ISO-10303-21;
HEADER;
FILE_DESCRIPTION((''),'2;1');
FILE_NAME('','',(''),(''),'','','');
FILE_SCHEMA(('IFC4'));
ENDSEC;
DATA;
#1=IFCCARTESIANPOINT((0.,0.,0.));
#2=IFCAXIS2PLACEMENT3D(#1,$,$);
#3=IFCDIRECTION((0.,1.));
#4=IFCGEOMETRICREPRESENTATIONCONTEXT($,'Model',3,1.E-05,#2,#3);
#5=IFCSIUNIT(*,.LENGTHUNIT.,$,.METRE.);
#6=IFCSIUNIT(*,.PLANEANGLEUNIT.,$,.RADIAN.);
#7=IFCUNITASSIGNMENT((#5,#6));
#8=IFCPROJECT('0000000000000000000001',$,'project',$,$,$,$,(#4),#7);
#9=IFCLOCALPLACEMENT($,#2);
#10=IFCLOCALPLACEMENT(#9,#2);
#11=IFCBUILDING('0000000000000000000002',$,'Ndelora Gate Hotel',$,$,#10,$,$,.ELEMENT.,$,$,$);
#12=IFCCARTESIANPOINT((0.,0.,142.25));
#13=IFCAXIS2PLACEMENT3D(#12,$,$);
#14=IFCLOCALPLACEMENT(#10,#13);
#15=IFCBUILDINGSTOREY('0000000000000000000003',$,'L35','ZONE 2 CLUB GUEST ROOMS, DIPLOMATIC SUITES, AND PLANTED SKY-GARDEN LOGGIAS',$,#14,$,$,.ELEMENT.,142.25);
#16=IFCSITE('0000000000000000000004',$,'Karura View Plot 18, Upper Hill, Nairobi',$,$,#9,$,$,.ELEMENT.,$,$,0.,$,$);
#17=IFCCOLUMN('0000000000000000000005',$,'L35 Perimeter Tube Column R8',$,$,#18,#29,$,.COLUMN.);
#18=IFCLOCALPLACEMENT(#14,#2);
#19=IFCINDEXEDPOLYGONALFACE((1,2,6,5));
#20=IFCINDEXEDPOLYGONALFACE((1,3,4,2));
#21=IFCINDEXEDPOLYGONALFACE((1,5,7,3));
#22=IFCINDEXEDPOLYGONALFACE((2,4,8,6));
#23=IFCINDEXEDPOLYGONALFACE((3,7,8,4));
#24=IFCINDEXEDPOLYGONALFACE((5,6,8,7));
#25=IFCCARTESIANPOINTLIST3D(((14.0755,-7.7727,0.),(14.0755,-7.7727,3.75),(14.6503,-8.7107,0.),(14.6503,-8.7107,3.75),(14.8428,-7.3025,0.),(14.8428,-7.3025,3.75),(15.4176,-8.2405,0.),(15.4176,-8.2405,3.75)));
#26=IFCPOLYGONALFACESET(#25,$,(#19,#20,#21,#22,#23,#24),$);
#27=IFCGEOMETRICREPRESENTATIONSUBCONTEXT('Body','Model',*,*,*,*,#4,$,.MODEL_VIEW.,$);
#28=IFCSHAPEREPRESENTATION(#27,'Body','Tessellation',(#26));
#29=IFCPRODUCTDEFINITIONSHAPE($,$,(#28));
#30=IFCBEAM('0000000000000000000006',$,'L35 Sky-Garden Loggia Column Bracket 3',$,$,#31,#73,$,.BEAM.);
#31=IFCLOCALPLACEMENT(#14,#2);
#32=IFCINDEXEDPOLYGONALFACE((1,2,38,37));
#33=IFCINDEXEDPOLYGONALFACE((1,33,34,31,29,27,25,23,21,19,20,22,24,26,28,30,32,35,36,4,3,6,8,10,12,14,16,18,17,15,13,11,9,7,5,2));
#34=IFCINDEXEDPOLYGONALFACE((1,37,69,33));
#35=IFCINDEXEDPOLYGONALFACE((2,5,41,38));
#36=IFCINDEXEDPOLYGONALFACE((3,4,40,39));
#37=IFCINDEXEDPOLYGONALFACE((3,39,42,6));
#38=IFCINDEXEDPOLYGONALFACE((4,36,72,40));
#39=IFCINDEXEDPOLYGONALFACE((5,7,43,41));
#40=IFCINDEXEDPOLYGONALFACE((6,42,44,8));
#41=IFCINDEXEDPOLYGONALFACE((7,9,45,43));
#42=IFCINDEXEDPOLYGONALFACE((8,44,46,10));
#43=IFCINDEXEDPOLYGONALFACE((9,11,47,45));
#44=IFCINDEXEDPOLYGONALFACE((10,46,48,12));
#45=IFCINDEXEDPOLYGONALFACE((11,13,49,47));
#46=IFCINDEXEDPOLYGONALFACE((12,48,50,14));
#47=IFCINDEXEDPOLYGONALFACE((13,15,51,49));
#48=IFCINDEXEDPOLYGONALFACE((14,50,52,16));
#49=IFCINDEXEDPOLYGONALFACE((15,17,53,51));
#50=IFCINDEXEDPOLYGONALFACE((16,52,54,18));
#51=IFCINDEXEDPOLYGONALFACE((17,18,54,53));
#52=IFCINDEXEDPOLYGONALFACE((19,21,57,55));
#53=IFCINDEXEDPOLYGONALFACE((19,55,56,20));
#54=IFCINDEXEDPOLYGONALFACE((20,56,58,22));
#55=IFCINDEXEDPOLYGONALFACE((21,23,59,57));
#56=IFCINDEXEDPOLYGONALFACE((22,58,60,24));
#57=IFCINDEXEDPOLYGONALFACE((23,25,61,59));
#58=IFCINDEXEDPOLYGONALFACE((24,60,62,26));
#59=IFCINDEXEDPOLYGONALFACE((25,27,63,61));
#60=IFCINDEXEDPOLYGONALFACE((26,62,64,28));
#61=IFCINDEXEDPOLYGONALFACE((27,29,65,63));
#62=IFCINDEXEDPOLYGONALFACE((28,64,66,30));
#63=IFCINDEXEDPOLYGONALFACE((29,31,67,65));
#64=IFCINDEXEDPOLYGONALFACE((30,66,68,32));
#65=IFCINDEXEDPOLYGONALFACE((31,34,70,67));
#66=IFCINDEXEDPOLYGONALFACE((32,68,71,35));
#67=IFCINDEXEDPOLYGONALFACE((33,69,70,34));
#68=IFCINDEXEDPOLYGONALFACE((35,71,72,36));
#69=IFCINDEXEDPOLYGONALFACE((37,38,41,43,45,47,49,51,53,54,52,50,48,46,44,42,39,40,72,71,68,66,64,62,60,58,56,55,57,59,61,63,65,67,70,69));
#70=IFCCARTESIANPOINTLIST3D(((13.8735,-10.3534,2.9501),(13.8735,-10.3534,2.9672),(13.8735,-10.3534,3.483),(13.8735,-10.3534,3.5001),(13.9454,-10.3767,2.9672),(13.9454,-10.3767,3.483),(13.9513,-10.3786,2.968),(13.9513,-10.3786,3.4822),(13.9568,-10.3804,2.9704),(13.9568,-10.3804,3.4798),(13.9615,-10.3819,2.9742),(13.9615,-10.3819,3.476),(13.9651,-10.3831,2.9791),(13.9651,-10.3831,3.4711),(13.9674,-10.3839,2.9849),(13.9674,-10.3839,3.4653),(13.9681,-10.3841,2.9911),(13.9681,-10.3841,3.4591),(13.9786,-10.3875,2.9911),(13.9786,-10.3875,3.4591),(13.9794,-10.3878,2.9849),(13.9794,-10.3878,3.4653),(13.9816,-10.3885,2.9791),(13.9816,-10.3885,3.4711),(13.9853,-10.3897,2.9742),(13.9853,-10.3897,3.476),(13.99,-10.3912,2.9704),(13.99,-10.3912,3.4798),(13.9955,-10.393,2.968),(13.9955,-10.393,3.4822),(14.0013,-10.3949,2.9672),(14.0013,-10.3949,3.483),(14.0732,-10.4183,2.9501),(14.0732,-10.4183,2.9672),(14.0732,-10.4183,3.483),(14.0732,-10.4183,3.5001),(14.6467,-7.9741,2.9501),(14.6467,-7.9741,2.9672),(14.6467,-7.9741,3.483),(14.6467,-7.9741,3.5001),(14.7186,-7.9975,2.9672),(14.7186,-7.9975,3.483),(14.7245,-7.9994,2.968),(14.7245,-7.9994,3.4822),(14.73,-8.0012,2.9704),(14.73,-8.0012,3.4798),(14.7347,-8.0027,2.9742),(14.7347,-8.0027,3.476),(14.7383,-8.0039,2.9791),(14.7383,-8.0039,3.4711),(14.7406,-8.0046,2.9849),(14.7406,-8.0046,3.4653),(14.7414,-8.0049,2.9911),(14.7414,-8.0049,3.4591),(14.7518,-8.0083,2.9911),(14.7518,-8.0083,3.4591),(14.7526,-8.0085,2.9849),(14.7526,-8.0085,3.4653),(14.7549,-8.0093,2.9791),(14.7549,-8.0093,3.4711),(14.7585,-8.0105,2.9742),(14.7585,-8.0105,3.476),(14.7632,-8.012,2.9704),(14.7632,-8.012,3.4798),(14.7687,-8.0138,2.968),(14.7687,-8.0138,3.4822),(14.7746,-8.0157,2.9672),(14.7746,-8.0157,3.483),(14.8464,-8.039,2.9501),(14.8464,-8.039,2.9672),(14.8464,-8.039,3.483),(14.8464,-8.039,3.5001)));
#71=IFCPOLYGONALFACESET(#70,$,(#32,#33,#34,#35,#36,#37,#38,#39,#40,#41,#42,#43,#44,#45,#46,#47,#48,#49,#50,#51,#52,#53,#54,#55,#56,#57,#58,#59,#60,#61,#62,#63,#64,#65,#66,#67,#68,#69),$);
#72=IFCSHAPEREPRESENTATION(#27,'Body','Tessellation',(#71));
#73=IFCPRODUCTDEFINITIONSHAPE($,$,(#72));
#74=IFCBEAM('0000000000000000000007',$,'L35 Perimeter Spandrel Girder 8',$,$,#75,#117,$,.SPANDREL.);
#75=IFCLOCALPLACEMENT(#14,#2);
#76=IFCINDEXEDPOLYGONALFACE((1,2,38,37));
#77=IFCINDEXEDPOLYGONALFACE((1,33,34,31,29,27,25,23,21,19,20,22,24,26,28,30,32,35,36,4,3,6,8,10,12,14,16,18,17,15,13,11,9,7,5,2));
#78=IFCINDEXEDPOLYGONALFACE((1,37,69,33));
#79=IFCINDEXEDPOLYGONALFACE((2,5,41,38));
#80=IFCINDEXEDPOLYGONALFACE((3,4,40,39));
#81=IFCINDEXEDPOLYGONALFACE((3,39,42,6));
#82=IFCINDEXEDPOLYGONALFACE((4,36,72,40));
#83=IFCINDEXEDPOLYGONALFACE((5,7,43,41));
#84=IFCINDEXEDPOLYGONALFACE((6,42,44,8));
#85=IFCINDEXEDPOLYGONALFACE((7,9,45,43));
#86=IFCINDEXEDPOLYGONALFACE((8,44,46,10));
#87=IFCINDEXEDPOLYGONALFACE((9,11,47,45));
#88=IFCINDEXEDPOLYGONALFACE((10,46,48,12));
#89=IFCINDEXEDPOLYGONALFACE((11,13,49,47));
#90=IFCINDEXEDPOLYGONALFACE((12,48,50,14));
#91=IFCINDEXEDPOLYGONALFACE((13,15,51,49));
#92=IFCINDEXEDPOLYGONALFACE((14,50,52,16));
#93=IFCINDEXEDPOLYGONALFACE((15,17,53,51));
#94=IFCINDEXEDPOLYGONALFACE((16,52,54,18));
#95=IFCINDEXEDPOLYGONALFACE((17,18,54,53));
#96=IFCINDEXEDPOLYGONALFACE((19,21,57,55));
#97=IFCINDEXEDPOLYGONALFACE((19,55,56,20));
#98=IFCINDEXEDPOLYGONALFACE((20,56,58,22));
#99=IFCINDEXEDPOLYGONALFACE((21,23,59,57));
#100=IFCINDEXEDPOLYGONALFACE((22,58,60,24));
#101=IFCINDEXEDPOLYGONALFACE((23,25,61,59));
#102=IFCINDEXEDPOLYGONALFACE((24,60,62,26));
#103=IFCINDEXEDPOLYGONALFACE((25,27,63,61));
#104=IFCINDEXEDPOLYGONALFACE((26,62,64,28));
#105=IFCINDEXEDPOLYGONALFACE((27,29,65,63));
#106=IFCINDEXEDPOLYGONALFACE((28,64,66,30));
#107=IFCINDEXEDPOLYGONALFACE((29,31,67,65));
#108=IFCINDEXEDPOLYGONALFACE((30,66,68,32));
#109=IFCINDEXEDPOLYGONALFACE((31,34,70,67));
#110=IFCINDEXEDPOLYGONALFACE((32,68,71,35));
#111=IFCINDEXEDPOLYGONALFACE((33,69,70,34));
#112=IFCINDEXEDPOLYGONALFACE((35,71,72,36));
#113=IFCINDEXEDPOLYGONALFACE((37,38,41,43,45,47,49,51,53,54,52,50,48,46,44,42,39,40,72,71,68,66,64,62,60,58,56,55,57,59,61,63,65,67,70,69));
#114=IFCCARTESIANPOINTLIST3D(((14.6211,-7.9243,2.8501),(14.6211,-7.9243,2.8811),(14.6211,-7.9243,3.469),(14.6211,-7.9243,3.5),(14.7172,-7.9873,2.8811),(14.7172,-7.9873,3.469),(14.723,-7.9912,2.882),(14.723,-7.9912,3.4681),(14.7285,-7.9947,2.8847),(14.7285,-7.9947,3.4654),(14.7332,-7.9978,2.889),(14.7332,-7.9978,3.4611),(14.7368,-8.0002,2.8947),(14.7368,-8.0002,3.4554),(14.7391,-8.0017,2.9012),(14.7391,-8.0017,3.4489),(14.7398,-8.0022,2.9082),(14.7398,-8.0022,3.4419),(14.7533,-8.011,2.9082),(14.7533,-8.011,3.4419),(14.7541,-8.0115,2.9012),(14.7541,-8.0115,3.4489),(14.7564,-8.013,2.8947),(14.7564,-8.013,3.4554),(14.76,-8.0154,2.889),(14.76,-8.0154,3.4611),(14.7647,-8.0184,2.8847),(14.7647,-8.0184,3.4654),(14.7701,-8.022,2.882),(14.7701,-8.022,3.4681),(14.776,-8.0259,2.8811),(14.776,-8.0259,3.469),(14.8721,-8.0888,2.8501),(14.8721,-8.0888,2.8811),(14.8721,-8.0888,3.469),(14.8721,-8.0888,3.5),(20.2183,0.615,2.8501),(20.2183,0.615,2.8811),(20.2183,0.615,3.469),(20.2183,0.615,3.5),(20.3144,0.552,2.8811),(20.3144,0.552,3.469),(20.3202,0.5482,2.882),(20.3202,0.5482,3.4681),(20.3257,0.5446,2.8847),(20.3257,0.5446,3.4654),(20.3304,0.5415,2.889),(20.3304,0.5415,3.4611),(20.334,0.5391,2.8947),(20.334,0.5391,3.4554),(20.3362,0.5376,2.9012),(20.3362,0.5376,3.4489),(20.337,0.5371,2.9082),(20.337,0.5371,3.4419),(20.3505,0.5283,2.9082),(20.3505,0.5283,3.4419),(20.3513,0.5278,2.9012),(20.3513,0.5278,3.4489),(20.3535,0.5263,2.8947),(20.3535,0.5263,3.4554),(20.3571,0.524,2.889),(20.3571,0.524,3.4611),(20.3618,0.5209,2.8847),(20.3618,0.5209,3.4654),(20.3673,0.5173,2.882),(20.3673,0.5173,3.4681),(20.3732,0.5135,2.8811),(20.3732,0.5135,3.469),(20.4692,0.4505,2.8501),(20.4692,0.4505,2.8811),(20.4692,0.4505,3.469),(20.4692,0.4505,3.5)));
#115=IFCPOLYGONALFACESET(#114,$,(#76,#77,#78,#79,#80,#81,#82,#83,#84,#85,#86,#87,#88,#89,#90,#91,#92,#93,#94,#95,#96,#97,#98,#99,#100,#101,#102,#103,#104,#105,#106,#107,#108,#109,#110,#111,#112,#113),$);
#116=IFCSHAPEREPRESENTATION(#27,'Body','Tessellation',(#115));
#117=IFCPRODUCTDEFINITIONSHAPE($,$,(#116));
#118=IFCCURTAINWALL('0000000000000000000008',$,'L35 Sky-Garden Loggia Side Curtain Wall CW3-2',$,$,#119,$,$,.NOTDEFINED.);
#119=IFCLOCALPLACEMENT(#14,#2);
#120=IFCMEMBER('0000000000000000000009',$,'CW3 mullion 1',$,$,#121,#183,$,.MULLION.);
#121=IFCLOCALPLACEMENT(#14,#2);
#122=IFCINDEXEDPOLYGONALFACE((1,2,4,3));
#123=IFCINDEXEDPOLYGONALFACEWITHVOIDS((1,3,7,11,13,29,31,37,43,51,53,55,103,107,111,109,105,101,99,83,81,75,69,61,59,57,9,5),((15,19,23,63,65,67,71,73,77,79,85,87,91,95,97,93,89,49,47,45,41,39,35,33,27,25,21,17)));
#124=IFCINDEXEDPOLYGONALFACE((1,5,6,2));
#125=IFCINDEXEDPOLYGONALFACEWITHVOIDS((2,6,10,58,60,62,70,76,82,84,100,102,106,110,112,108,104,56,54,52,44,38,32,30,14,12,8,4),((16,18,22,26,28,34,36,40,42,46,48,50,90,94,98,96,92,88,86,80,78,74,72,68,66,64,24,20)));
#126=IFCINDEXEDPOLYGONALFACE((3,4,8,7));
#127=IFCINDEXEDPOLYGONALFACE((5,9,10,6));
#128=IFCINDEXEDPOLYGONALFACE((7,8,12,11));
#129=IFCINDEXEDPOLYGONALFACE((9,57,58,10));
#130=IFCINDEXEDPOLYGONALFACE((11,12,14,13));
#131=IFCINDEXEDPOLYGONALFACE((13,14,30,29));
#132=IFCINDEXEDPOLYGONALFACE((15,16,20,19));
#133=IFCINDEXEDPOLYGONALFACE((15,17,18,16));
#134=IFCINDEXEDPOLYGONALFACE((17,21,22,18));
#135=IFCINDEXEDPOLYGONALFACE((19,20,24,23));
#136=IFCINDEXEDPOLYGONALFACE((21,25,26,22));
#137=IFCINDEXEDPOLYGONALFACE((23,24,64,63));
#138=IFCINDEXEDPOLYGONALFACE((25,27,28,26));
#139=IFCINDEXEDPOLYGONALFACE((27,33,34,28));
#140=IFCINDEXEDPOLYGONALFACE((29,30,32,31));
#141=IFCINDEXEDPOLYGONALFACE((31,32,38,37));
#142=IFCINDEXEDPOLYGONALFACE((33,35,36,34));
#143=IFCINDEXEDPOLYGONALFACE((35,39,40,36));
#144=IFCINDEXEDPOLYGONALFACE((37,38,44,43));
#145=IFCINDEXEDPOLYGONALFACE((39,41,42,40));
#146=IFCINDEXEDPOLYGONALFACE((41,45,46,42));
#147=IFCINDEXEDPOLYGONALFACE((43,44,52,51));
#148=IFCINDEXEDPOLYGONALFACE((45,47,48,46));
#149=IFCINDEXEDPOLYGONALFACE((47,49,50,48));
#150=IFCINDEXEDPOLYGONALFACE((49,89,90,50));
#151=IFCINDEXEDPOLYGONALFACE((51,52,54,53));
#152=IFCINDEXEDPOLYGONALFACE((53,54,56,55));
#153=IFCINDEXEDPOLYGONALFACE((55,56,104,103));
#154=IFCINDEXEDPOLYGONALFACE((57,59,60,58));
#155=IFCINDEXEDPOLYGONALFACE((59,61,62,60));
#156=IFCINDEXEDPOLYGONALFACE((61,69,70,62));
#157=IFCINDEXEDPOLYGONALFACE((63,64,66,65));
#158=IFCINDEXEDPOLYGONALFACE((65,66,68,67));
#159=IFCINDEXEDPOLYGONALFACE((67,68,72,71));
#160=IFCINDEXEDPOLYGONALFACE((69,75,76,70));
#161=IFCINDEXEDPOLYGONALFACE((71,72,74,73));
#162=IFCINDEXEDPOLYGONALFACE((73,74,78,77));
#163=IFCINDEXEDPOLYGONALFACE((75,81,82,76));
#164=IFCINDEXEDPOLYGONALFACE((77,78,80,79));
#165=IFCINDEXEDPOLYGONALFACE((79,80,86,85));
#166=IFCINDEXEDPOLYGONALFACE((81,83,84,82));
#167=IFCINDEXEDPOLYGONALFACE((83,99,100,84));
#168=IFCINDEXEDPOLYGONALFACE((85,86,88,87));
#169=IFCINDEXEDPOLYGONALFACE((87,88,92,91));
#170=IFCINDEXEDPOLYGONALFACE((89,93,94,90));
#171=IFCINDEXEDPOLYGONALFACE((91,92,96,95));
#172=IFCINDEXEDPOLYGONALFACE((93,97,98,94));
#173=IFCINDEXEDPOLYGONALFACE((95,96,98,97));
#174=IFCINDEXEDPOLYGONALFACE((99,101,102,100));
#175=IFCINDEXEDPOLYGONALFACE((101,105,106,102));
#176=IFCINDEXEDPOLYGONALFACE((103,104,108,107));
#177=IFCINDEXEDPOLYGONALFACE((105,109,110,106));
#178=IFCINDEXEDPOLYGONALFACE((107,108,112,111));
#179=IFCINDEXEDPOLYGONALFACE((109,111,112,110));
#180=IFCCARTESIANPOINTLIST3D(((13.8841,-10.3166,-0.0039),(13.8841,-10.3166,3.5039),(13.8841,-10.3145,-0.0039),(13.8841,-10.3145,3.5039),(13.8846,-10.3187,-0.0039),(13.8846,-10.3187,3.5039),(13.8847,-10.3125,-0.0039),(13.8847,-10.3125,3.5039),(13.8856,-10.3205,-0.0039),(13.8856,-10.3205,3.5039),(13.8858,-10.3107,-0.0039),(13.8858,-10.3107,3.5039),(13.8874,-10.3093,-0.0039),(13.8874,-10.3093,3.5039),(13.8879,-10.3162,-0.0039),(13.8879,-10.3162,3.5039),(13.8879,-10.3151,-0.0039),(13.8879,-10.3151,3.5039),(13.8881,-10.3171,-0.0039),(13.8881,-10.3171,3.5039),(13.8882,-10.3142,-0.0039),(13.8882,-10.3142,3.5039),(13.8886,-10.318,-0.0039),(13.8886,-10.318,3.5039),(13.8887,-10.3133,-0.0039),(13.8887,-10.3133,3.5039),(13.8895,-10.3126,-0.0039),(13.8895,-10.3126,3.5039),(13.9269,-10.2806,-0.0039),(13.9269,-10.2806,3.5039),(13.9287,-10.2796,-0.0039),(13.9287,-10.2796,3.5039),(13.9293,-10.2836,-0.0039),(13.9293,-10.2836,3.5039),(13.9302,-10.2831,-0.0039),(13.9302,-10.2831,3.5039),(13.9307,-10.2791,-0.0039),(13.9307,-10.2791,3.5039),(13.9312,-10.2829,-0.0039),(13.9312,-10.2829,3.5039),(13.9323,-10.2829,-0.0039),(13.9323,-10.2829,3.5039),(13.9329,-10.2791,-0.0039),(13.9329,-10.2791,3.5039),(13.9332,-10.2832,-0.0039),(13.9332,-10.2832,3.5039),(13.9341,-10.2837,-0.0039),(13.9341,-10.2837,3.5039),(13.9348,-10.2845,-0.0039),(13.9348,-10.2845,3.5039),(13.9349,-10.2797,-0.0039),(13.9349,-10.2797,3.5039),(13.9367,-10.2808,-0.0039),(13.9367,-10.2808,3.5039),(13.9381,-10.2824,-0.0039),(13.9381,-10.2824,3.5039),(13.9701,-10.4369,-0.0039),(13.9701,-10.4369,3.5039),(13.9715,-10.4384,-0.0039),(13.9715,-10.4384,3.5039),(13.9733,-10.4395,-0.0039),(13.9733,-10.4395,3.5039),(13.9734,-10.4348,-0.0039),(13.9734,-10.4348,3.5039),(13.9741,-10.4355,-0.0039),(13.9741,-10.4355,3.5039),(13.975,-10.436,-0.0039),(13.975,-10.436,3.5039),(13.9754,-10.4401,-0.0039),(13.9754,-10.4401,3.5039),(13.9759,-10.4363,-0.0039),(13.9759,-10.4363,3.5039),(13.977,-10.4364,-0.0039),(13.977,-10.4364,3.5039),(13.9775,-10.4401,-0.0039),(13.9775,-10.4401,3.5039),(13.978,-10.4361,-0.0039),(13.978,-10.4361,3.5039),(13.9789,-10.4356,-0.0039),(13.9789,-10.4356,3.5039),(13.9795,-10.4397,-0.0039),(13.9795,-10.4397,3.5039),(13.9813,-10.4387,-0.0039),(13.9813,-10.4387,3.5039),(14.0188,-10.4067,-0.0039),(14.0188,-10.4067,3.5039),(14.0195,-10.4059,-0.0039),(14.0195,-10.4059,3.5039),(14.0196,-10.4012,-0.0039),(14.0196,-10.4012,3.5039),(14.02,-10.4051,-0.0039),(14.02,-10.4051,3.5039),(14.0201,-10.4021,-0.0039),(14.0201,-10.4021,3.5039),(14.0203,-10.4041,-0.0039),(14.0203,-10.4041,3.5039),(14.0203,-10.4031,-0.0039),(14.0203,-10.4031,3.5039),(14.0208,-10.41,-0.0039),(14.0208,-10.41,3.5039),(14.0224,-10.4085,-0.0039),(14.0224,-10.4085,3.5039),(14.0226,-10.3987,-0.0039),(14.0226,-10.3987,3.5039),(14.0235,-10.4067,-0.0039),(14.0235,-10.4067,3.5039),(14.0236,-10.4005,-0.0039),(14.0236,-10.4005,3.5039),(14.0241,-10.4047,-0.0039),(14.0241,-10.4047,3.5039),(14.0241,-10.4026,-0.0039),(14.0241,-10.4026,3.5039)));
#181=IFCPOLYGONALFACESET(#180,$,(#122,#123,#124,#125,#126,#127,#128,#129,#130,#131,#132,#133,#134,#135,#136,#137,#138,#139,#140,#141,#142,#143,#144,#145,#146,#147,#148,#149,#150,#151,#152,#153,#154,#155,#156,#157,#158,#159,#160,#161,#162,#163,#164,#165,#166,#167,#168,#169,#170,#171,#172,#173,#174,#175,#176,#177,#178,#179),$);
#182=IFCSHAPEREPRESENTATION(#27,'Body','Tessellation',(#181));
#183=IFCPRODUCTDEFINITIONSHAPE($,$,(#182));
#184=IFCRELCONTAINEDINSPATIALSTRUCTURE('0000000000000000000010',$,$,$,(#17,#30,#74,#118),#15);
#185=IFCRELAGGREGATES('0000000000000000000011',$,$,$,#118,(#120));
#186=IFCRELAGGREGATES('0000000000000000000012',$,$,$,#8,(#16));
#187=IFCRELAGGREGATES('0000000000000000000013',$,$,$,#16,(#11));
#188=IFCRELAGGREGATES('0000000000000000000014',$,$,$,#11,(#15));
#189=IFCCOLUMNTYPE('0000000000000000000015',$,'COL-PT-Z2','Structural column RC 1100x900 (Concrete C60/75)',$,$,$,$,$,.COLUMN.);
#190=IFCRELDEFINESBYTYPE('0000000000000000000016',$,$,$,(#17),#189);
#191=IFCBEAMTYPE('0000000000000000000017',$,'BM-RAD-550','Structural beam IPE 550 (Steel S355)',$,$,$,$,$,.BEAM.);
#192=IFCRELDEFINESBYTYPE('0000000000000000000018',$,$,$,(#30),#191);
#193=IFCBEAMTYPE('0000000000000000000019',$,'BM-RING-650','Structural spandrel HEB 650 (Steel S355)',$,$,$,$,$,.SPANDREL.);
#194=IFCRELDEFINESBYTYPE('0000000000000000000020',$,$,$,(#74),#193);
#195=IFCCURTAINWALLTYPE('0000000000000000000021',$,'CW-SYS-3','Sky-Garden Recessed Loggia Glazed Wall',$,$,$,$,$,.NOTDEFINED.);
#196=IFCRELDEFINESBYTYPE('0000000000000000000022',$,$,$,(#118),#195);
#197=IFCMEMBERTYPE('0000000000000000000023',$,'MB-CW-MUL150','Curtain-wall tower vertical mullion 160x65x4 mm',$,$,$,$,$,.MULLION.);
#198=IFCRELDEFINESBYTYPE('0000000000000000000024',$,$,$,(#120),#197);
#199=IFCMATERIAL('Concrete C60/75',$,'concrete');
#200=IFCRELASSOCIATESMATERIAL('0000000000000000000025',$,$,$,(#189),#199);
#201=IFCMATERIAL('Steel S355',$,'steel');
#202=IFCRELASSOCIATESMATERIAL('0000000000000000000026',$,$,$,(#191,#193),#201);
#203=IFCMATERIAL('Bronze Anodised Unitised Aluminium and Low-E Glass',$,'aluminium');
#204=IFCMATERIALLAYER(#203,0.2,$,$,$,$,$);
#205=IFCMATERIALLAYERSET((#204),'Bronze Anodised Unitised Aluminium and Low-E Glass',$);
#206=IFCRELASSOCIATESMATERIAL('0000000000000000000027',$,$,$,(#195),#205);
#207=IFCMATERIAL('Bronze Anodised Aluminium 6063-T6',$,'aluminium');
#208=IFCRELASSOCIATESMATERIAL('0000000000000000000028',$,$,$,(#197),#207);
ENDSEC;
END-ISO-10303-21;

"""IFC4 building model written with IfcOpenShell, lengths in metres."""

from ifc_helpers import new_model, si_unit, direction, frame, origin, origin_2d, place, context, subcontext, project, spatial, rectangle, hollow_rectangle, i_section, extrude, material, layer, layer_set, material_profile, profile_set, type_object, element, aggregate, save


model = new_model("IFC4")

# Units and contexts
model_context = context("Model", 3, precision=1e-05, world=origin(), true_north=direction((0.0, 1.0)))
body_context = subcontext(model_context, "Body", "Model", "MODEL_VIEW")
ifc_project = project(units=[si_unit("LENGTHUNIT", "METRE"), si_unit("PLANEANGLEUNIT", "RADIAN")], contexts=[model_context])

# Site, building, storey
site_placement = place(None, origin())
site = spatial("IfcSite", under=ifc_project, at=site_placement, Name="Karura View Plot 18, Upper Hill, Nairobi", CompositionType="ELEMENT", RefElevation=0.0)
building_placement = place(site_placement, origin())
building = spatial("IfcBuilding", under=site, at=building_placement, Name="Ndelora Gate Hotel", CompositionType="ELEMENT")
storey_placement = place(building_placement, frame((0.0, 0.0, 142.25)))
storey = spatial("IfcBuildingStorey", under=building, at=storey_placement, Name="L35", Description="ZONE 2 CLUB GUEST ROOMS, DIPLOMATIC SUITES, AND PLANTED SKY-GARDEN LOGGIAS", CompositionType="ELEMENT", Elevation=142.25)

# Column
ifc_material_1 = material(Name="Concrete C60/75", Category="concrete")
ifc_material_profile_1 = material_profile(ifc_material_1, rectangle(XDim=0.8999, YDim=1.1001, at=origin_2d()), Name="RC 1100x900")
ifc_profile_set_1 = profile_set([ifc_material_profile_1], Name="Concrete C60/75")
column_type = type_object("IfcColumnType", Name="COL-PT-Z2", Description="Structural column RC 1100x900 (Concrete C60/75)", PredefinedType="COLUMN", material=ifc_profile_set_1)
column_placement = place(storey_placement, frame((14.7466, -8.0066, 0.0), z_axis=(0.0, 0.0, 1.0), x_axis=(0.85264, 0.522499, 0.0)))
element("IfcColumn", 1, at=column_placement, inside=storey, type_object=column_type, Name="L35 Perimeter Tube Column R8", PredefinedType="COLUMN", context=body_context, shape_type="SweptSolid", body=[
    extrude(rectangle(XDim=0.8999, YDim=1.1001, at=origin_2d()), origin(), (0.0, 0.0, 1.0), 3.75),
])

# Beams
ifc_material_2 = material(Name="Steel S355", Category="steel")
ifc_material_profile_2 = material_profile(ifc_material_2, i_section(OverallWidth=0.21, OverallDepth=0.55, WebThickness=0.011, FlangeThickness=0.0171, FilletRadius=0.0239, at=origin_2d()), Name="IPE 550")
ifc_profile_set_2 = profile_set([ifc_material_profile_2], Name="Steel S355")
beam_type_1 = type_object("IfcBeamType", Name="BM-RAD-550", Description="Structural beam IPE 550 (Steel S355)", PredefinedType="BEAM", material=ifc_profile_set_2)
beam_1_placement = place(storey_placement, frame((14.7466, -8.0066, 3.2251), z_axis=(-0.309075, -0.951038, 0.0), x_axis=(0.951038, -0.309075, 0.0)))
element("IfcBeam", 2, at=beam_1_placement, inside=storey, type_object=beam_type_1, Name="L35 Sky-Garden Loggia Column Bracket 3", PredefinedType="BEAM", context=body_context, shape_type="SweptSolid", body=[
    extrude(i_section(OverallWidth=0.21, OverallDepth=0.55, WebThickness=0.011, FlangeThickness=0.0171, FilletRadius=0.0239, at=origin_2d()), origin(), (0.0, 0.0, 1.0), 2.5017),
])
ifc_material_profile_3 = material_profile(ifc_material_2, i_section(OverallWidth=0.3, OverallDepth=0.6499, WebThickness=0.0161, FlangeThickness=0.031, FilletRadius=0.0271, at=origin_2d()), Name="HEB 650")
ifc_profile_set_3 = profile_set([ifc_material_profile_3], Name="Steel S355")
beam_type_2 = type_object("IfcBeamType", Name="BM-RING-650", Description="Structural spandrel HEB 650 (Steel S355)", PredefinedType="SPANDREL", material=ifc_profile_set_3)
beam_2_placement = place(storey_placement, frame((14.7466, -8.0066, 3.175), z_axis=(0.548194, 0.836351, 0.0), x_axis=(-0.836351, 0.548194, 0.0)))
element("IfcBeam", 3, at=beam_2_placement, inside=storey, type_object=beam_type_2, Name="L35 Perimeter Spandrel Girder 8", PredefinedType="SPANDREL", context=body_context, shape_type="SweptSolid", body=[
    extrude(i_section(OverallWidth=0.3, OverallDepth=0.6499, WebThickness=0.0161, FlangeThickness=0.031, FilletRadius=0.0271, at=origin_2d()), origin(), (0.0, 0.0, 1.0), 10.2102),
])

# Curtain wall, member
ifc_material_3 = material(Name="Bronze Anodised Unitised Aluminium and Low-E Glass", Category="aluminium")
ifc_layer_1 = layer(ifc_material_3, 0.2)
ifc_layer_set_1 = layer_set([ifc_layer_1], Name="Bronze Anodised Unitised Aluminium and Low-E Glass")
curtain_wall_type = type_object("IfcCurtainWallType", Name="CW-SYS-3", Description="Sky-Garden Recessed Loggia Glazed Wall", PredefinedType="NOTDEFINED", material=ifc_layer_set_1)
curtain_wall_placement = place(storey_placement, origin())
curtain_wall = element("IfcCurtainWall", 4, at=curtain_wall_placement, inside=storey, type_object=curtain_wall_type, Name="L35 Sky-Garden Loggia Side Curtain Wall CW3-2", PredefinedType="NOTDEFINED")
ifc_material_4 = material(Name="Bronze Anodised Aluminium 6063-T6", Category="aluminium")
ifc_material_profile_4 = material_profile(ifc_material_4, hollow_rectangle(XDim=0.0649, YDim=0.1599, WallThickness=0.0039, InnerFilletRadius=0.0039, OuterFilletRadius=0.0081, at=origin_2d()), Name="ALU 160x65x4")
ifc_profile_set_4 = profile_set([ifc_material_profile_4], Name="Bronze Anodised Aluminium 6063-T6")
member_type_1 = type_object("IfcMemberType", Name="MB-CW-MUL150", Description="Curtain-wall tower vertical mullion 160x65x4 mm", PredefinedType="MULLION", material=ifc_profile_set_4)
member_1_placement = place(storey_placement, frame((13.9541, -10.3596, -0.0039), z_axis=(0.0, 0.0, 1.0), x_axis=(-0.809017, -0.587785, 0.0)))
member_1 = element("IfcMember", 5, at=member_1_placement, type_object=member_type_1, Name="CW3 mullion 1", PredefinedType="MULLION", context=body_context, shape_type="SweptSolid", body=[
    extrude(hollow_rectangle(XDim=0.0649, YDim=0.1599, WallThickness=0.0039, InnerFilletRadius=0.0039, OuterFilletRadius=0.0081, at=origin_2d()), origin(), (0.0, 0.0, 1.0), 3.5078),
])
aggregate(curtain_wall, [member_1])

save(model, "model.ifc")
